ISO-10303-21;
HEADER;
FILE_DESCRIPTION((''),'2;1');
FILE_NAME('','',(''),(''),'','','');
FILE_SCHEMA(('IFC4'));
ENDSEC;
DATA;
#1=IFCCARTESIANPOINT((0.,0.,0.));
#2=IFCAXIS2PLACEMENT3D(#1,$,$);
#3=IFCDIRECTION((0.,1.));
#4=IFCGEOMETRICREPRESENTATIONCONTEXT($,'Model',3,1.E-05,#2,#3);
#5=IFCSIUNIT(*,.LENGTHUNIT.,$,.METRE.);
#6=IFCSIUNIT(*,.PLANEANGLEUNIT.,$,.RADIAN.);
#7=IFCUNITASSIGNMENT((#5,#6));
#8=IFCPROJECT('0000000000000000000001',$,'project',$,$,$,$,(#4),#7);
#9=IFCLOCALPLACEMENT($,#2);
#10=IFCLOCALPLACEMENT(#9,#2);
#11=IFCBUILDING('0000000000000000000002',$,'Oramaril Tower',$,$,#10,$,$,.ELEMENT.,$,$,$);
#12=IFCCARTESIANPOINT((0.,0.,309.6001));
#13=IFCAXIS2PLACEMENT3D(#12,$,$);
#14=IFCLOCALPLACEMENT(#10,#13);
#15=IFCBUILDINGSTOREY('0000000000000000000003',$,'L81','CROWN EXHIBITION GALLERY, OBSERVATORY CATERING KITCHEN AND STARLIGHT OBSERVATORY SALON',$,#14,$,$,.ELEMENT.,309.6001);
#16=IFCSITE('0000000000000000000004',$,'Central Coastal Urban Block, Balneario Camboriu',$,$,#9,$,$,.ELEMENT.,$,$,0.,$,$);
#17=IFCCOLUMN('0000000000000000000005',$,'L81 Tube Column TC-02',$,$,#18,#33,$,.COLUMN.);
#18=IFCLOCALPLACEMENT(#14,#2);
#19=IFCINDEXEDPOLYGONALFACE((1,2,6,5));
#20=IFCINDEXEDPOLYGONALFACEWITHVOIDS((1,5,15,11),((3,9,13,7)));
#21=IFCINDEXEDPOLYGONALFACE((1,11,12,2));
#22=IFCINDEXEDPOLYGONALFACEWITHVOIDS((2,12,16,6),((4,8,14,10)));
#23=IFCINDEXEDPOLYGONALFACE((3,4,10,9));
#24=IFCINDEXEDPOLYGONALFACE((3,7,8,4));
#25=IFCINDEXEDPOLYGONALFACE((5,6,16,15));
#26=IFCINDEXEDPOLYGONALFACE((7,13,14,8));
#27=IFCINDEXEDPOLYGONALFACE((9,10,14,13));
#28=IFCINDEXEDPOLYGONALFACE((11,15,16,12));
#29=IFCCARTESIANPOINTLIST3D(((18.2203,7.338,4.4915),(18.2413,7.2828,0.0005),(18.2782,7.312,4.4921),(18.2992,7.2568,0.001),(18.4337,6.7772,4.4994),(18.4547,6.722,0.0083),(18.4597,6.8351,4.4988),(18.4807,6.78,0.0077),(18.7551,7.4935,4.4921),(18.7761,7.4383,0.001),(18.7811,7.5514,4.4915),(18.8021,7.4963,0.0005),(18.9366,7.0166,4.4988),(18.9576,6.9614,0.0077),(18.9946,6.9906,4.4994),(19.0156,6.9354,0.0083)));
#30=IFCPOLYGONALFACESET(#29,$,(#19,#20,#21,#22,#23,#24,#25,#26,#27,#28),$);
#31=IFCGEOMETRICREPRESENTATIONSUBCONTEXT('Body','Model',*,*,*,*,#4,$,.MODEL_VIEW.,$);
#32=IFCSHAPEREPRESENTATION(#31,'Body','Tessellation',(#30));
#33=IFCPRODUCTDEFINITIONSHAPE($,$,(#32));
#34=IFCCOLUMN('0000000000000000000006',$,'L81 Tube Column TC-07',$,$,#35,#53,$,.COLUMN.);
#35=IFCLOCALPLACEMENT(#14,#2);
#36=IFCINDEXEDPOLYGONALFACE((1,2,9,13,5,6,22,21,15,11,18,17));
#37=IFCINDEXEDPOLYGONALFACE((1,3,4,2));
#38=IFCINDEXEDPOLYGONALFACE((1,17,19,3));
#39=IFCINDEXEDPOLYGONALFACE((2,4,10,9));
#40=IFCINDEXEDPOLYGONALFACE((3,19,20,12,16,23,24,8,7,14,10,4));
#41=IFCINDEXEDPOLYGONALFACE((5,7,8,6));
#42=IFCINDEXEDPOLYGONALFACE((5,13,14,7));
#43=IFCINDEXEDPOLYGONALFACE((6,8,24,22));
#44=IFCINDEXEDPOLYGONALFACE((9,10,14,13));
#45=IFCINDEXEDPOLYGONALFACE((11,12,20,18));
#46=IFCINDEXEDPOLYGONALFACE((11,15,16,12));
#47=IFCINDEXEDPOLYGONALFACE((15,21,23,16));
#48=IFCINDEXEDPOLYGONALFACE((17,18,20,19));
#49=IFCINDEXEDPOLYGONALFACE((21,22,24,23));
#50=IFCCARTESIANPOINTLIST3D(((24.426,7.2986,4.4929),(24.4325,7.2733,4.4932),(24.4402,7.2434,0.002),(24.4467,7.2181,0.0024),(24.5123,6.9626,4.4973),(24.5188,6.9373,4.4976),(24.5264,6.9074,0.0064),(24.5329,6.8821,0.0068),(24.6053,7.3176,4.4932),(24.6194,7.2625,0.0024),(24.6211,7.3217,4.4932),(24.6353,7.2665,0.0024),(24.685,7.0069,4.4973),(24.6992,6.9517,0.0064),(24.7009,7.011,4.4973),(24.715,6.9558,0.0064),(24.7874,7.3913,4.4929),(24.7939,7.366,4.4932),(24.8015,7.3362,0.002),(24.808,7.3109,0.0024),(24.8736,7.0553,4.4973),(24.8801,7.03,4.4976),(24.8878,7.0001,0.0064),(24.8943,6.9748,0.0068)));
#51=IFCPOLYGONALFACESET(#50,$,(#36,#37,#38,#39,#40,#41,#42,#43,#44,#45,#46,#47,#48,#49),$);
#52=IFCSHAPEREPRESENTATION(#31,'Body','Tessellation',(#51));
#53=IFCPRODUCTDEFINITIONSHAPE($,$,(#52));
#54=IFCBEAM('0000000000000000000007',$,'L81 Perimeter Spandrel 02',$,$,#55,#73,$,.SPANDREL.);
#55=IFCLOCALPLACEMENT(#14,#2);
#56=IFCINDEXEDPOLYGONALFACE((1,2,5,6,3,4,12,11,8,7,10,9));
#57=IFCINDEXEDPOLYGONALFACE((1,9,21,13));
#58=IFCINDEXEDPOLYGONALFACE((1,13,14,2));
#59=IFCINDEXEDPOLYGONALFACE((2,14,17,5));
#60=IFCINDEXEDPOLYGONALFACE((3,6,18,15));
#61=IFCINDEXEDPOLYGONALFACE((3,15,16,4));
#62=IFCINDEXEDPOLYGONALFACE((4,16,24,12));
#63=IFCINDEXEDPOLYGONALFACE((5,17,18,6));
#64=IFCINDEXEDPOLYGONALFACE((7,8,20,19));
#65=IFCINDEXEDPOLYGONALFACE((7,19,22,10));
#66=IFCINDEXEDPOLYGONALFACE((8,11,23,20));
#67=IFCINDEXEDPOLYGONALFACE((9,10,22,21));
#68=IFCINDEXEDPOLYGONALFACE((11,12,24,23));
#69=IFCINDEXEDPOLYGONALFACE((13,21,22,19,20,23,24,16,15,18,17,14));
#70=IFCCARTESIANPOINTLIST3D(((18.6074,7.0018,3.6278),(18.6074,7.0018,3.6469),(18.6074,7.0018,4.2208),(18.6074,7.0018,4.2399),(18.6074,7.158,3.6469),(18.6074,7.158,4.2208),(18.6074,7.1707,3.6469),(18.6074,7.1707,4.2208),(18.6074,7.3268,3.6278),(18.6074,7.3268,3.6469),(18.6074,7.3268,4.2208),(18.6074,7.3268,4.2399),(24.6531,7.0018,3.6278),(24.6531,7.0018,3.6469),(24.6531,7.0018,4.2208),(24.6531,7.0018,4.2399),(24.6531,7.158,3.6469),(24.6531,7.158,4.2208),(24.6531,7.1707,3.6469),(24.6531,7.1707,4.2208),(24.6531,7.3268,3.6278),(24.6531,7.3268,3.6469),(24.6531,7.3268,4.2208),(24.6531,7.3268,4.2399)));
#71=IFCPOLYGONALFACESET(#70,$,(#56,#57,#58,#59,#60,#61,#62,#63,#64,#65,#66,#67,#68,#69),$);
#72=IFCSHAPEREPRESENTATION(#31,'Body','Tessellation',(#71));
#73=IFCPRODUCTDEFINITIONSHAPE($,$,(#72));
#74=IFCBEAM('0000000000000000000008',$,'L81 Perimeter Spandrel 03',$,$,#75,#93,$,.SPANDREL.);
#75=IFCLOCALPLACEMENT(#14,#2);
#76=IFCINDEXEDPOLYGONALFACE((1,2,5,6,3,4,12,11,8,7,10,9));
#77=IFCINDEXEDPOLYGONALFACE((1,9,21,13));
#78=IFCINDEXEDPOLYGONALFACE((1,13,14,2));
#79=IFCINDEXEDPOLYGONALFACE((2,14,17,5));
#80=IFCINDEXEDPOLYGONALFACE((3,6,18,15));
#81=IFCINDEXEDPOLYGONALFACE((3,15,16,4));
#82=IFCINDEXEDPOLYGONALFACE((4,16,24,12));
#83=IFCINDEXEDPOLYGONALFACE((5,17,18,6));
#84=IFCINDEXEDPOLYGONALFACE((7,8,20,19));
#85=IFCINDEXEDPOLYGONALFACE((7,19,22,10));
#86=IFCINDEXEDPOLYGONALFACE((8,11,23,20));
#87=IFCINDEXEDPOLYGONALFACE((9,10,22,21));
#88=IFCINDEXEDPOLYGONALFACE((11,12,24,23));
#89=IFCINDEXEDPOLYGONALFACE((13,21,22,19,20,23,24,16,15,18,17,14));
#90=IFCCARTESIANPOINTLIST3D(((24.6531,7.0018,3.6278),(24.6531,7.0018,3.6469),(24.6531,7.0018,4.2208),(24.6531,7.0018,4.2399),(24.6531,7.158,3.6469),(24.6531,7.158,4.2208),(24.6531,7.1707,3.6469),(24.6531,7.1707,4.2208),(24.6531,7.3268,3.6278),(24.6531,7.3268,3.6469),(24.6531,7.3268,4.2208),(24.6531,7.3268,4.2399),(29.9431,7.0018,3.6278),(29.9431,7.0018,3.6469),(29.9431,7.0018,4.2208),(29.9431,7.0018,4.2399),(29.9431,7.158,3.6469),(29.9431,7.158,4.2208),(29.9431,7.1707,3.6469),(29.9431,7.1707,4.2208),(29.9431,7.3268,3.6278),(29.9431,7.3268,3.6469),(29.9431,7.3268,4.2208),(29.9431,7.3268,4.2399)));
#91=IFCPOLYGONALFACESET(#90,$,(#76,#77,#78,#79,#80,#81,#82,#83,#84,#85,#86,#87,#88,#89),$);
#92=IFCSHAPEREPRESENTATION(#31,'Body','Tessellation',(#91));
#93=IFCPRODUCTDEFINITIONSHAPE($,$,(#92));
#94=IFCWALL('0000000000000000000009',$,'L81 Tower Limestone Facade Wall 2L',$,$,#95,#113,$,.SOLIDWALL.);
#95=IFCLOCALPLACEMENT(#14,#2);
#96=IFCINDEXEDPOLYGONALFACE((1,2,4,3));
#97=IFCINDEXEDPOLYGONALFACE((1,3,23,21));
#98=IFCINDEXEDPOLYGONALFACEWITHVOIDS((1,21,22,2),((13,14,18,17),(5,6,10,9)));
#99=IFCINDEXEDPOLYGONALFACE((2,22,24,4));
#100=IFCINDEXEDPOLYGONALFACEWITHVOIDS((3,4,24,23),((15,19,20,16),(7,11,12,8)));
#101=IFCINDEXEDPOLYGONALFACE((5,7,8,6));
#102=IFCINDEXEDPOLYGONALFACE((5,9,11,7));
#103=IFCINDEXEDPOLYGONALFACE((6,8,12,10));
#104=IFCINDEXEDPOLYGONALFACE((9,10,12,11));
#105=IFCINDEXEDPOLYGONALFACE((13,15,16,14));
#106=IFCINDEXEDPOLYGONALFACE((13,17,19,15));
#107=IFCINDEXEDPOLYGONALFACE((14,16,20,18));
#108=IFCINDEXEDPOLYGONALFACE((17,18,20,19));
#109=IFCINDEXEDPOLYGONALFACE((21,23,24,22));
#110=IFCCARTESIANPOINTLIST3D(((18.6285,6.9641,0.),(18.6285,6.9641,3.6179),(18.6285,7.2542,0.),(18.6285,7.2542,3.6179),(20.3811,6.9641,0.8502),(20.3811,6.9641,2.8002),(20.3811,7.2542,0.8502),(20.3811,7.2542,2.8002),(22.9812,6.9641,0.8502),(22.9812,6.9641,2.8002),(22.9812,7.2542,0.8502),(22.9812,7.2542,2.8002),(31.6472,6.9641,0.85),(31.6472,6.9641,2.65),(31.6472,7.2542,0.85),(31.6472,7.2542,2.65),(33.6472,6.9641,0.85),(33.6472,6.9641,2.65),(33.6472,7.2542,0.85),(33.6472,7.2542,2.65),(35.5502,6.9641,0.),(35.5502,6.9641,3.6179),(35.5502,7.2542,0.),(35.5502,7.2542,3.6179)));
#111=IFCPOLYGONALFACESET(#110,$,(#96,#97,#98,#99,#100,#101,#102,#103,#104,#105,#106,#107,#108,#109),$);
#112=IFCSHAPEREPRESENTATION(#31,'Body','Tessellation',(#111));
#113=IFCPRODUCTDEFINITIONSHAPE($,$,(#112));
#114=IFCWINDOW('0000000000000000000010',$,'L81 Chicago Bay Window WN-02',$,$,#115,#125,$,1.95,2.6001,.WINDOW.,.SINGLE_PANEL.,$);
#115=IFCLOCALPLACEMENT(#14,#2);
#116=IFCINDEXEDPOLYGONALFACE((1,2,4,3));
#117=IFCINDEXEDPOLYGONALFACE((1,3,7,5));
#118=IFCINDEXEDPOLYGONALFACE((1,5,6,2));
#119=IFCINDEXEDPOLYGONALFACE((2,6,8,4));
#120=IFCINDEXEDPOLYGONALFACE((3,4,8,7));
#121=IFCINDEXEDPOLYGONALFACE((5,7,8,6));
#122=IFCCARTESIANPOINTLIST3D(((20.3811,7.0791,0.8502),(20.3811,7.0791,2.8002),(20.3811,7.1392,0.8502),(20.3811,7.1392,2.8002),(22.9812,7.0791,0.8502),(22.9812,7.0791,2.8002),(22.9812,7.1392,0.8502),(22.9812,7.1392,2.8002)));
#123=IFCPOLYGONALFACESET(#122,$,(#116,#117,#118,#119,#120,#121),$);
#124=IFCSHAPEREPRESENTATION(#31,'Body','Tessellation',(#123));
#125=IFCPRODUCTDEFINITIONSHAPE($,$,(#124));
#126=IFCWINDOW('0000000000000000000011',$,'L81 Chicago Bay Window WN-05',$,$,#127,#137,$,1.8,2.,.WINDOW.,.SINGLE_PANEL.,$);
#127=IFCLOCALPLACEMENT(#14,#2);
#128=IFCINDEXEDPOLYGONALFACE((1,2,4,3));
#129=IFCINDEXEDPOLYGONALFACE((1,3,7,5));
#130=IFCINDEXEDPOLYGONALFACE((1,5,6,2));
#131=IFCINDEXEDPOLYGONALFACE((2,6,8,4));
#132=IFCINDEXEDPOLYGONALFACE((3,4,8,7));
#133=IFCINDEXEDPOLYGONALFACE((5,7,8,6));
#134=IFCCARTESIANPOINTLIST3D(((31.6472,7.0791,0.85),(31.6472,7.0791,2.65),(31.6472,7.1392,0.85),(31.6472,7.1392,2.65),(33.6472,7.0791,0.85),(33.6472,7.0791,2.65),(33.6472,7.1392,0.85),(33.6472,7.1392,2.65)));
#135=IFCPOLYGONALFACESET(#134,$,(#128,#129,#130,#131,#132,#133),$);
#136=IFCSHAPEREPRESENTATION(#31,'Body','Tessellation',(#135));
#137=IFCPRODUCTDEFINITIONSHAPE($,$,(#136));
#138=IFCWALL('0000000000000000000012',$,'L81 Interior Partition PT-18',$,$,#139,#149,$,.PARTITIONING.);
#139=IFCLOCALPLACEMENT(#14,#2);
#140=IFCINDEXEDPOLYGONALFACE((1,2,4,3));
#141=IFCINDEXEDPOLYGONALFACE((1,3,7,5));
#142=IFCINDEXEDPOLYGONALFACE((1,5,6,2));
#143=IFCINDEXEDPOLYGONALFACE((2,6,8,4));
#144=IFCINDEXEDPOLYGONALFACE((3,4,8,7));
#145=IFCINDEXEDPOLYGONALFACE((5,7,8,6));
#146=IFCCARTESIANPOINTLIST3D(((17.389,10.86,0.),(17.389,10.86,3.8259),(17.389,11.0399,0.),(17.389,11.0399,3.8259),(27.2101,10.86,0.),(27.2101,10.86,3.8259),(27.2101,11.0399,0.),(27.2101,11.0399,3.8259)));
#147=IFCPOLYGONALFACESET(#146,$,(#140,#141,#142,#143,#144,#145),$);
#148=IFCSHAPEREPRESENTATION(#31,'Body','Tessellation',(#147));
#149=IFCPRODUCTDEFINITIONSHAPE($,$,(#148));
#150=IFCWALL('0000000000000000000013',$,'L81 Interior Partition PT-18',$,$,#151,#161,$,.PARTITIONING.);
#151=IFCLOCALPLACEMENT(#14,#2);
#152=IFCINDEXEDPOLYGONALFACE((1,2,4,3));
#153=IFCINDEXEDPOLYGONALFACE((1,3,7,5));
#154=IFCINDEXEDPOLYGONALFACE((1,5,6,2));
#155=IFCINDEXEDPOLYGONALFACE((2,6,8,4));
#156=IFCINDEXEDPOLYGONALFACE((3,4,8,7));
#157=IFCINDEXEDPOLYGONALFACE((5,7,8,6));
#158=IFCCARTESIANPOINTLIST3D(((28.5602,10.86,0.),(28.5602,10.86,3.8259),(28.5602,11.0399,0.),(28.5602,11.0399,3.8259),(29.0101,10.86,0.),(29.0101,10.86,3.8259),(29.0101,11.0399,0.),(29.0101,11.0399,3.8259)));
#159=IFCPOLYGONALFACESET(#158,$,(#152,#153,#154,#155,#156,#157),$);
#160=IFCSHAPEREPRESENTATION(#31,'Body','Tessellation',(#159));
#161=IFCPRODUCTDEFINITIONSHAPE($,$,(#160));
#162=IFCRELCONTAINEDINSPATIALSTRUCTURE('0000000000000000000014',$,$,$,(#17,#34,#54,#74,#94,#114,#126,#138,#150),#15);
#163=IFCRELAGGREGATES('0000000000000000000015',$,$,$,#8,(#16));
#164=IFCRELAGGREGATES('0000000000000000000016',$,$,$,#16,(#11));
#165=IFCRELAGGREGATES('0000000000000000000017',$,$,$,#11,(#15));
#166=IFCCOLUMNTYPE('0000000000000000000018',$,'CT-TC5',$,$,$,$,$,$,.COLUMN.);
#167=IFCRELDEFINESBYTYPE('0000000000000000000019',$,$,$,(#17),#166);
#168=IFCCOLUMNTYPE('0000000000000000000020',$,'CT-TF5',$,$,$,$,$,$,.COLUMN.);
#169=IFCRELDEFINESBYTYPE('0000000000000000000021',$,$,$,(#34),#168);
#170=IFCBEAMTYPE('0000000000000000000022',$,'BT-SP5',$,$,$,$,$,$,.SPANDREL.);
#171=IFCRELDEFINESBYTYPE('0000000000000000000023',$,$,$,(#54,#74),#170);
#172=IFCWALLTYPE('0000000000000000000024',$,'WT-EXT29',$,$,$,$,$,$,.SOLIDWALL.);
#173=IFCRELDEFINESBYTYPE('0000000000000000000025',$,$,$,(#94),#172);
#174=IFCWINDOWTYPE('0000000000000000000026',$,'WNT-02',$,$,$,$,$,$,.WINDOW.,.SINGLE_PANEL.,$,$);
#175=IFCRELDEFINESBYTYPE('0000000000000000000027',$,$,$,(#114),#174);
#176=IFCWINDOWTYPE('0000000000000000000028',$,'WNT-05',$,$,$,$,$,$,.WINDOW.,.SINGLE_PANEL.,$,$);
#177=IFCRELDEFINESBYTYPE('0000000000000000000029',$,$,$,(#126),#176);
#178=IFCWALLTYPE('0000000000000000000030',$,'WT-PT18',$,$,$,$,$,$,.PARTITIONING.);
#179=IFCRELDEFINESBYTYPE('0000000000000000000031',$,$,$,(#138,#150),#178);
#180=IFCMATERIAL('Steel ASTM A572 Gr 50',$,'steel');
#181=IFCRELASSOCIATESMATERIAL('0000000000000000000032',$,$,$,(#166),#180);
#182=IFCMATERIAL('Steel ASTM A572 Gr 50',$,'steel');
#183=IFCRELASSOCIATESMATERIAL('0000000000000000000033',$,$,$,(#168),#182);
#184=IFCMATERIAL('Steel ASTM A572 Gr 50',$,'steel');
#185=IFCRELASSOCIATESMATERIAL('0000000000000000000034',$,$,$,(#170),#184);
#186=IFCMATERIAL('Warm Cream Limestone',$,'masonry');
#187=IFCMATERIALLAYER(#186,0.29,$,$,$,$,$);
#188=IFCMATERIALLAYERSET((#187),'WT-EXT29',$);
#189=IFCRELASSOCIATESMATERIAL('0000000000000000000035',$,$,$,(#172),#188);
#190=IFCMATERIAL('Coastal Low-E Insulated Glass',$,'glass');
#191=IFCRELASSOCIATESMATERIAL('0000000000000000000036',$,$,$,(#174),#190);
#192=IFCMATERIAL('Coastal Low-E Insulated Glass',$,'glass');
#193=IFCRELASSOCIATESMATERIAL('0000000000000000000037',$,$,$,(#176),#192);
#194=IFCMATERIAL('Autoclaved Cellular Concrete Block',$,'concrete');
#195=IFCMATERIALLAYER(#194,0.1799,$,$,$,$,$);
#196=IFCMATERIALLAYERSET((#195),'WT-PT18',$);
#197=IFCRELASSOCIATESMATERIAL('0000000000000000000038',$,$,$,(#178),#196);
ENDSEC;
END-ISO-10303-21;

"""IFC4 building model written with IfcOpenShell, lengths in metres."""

from ifc_helpers import new_model, si_unit, direction, frame, frame_2d, origin, origin_2d, place, context, subcontext, project, spatial, rectangle, hollow_rectangle, i_section, extrude, material, layer, layer_set, material_profile, profile_set, type_object, element, fill, save


model = new_model("IFC4")

# Units and contexts
model_context = context("Model", 3, precision=1e-05, world=origin(), true_north=direction((0.0, 1.0)))
body_context = subcontext(model_context, "Body", "Model", "MODEL_VIEW")
ifc_project = project(units=[si_unit("LENGTHUNIT", "METRE"), si_unit("PLANEANGLEUNIT", "RADIAN")], contexts=[model_context])

# Site, building, storey
site_placement = place(None, origin())
site = spatial("IfcSite", under=ifc_project, at=site_placement, Name="Central Coastal Urban Block, Balneario Camboriu", CompositionType="ELEMENT", RefElevation=0.0)
building_placement = place(site_placement, origin())
building = spatial("IfcBuilding", under=site, at=building_placement, Name="Oramaril Tower", CompositionType="ELEMENT")
storey_placement = place(building_placement, frame((0.0, 0.0, 309.6001)))
storey = spatial("IfcBuildingStorey", under=building, at=storey_placement, Name="L81", Description="CROWN EXHIBITION GALLERY, OBSERVATORY CATERING KITCHEN AND STARLIGHT OBSERVATORY SALON", CompositionType="ELEMENT", Elevation=309.6001)

# Columns
ifc_material_1 = material(Name="Steel ASTM A572 Gr 50", Category="steel")
ifc_material_profile_1 = material_profile(ifc_material_1, hollow_rectangle(XDim=0.6001, YDim=0.6001, WallThickness=0.0449, at=origin_2d()), Name="BOX600X600X45")
ifc_profile_set_1 = profile_set([ifc_material_profile_1], Name="Steel ASTM A572 Gr 50")
column_type_1 = type_object("IfcColumnType", Name="CT-TC5", PredefinedType="COLUMN", material=ifc_profile_set_1)
column_1_placement = place(storey_placement, frame((18.6284, 7.1091, 0.0044), z_axis=(-0.004675, 0.012285, 0.999914), x_axis=(-0.934619, -0.355651, 0.0)))
element("IfcColumn", 1, at=column_1_placement, inside=storey, type_object=column_type_1, Name="L81 Tube Column TC-02", PredefinedType="COLUMN", context=body_context, shape_type="SweptSolid", body=[
    extrude(hollow_rectangle(XDim=0.6001, YDim=0.6001, WallThickness=0.0449, at=origin_2d()), origin(), (0.0, 0.0, 1.0), 4.4915),
])
ifc_material_2 = material(Name="Steel ASTM A572 Gr 50", Category="steel")
ifc_material_profile_2 = material_profile(ifc_material_2, i_section(OverallWidth=0.373, OverallDepth=0.373, WebThickness=0.0164, FlangeThickness=0.0261, at=origin_2d()), Name="W14X132")
ifc_profile_set_2 = profile_set([ifc_material_profile_2], Name="Steel ASTM A572 Gr 50")
column_type_2 = type_object("IfcColumnType", Name="CT-TF5", PredefinedType="COLUMN", material=ifc_profile_set_2)
column_2_placement = place(storey_placement, frame((24.6672, 7.1091, 0.0044), z_axis=(-0.003153, 0.012285, 0.99992), x_axis=(-0.968611, -0.248582, 0.0)))
element("IfcColumn", 2, at=column_2_placement, inside=storey, type_object=column_type_2, Name="L81 Tube Column TC-07", PredefinedType="COLUMN", context=body_context, shape_type="SweptSolid", body=[
    extrude(i_section(OverallWidth=0.373, OverallDepth=0.373, WebThickness=0.0164, FlangeThickness=0.0261, at=origin_2d()), origin(), (0.0, 0.0, 1.0), 4.4912),
])

# Beams
ifc_material_3 = material(Name="Steel ASTM A572 Gr 50", Category="steel")
ifc_material_profile_3 = material_profile(ifc_material_3, i_section(OverallWidth=0.325, OverallDepth=0.6121, WebThickness=0.0127, FlangeThickness=0.019, at=origin_2d()), Name="W24X104")
ifc_profile_set_3 = profile_set([ifc_material_profile_3], Name="Steel ASTM A572 Gr 50")
beam_type = type_object("IfcBeamType", Name="BT-SP5", PredefinedType="SPANDREL", material=ifc_profile_set_3)
beam_1_placement = place(storey_placement, frame((18.6074, 7.1643, 3.9338), z_axis=(1.0, 0.0, 0.0), x_axis=(0.0, 1.0, 0.0)))
element("IfcBeam", 3, at=beam_1_placement, inside=storey, type_object=beam_type, Name="L81 Perimeter Spandrel 02", PredefinedType="SPANDREL", context=body_context, shape_type="SweptSolid", body=[
    extrude(i_section(OverallWidth=0.325, OverallDepth=0.6121, WebThickness=0.0127, FlangeThickness=0.019, at=origin_2d()), origin(), (0.0, 0.0, 1.0), 6.0457),
])
beam_2_placement = place(storey_placement, frame((24.6531, 7.1643, 3.9338), z_axis=(1.0, 0.0, 0.0), x_axis=(0.0, 1.0, 0.0)))
element("IfcBeam", 4, at=beam_2_placement, inside=storey, type_object=beam_type, Name="L81 Perimeter Spandrel 03", PredefinedType="SPANDREL", context=body_context, shape_type="SweptSolid", body=[
    extrude(i_section(OverallWidth=0.325, OverallDepth=0.6121, WebThickness=0.0127, FlangeThickness=0.019, at=origin_2d()), origin(), (0.0, 0.0, 1.0), 5.29),
])

# Wall, openings, windows
ifc_material_4 = material(Name="Warm Cream Limestone", Category="masonry")
ifc_layer_1 = layer(ifc_material_4, 0.29)
ifc_layer_set_1 = layer_set([ifc_layer_1], Name="WT-EXT29")
wall_type_1 = type_object("IfcWallType", Name="WT-EXT29", PredefinedType="SOLIDWALL", material=ifc_layer_set_1)
wall_1_placement = place(storey_placement, frame((18.6284, 7.1091, 0.0), z_axis=(0.0, 0.0, 1.0), x_axis=(1.0, 0.0, 0.0)))
wall_1 = element("IfcWall", 5, at=wall_1_placement, inside=storey, type_object=wall_type_1, Name="L81 Tower Limestone Facade Wall 2L", PredefinedType="SOLIDWALL", context=body_context, shape_type="SweptSolid", body=[
    extrude(rectangle(XDim=16.9216, YDim=0.29, at=frame_2d((8.4609, 0.0))), origin(), (0.0, 0.0, 1.0), 3.6179),
])
opening_1_placement = place(wall_1_placement, frame((1.7527, 0.0, 0.8501)))
opening_1 = element("IfcOpeningElement", 6, at=opening_1_placement, cuts=wall_1, PredefinedType="OPENING", context=body_context, shape_type="SweptSolid", body=[
    extrude(rectangle(XDim=2.6001, YDim=1.95, at=frame_2d((1.3, 0.9751))), frame((0.0, 0.145, 0.0), z_axis=(0.0, -1.0, 0.0), x_axis=(1.0, 0.0, 0.0)), (0.0, 0.0, 1.0), 0.29),
])
opening_2_placement = place(wall_1_placement, frame((13.0188, 0.0, 0.8501)))
opening_2 = element("IfcOpeningElement", 7, at=opening_2_placement, cuts=wall_1, PredefinedType="OPENING", context=body_context, shape_type="SweptSolid", body=[
    extrude(rectangle(XDim=2.0, YDim=1.8, at=frame_2d((1.0, 0.8999))), frame((0.0, 0.145, 0.0), z_axis=(0.0, -1.0, 0.0), x_axis=(1.0, 0.0, 0.0)), (0.0, 0.0, 1.0), 0.29),
])
ifc_material_5 = material(Name="Coastal Low-E Insulated Glass", Category="glass")
window_type_1 = type_object("IfcWindowType", Name="WNT-02", PartitioningType="SINGLE_PANEL", PredefinedType="WINDOW", material=ifc_material_5)
window_1_placement = place(opening_1_placement, origin())
window_1 = element("IfcWindow", 8, at=window_1_placement, inside=storey, type_object=window_type_1, Name="L81 Chicago Bay Window WN-02", OverallHeight=1.95, OverallWidth=2.6001, PartitioningType="SINGLE_PANEL", PredefinedType="WINDOW", context=body_context, shape_type="SweptSolid", body=[
    extrude(rectangle(XDim=2.6001, YDim=1.95, at=frame_2d((1.3, 0.9751))), frame((0.0, 0.03, 0.0), z_axis=(0.0, -1.0, 0.0), x_axis=(1.0, 0.0, 0.0)), (0.0, 0.0, 1.0), 0.0601),
])
fill(opening_1, window_1)
ifc_material_6 = material(Name="Coastal Low-E Insulated Glass", Category="glass")
window_type_2 = type_object("IfcWindowType", Name="WNT-05", PartitioningType="SINGLE_PANEL", PredefinedType="WINDOW", material=ifc_material_6)
window_2_placement = place(opening_2_placement, origin())
window_2 = element("IfcWindow", 9, at=window_2_placement, inside=storey, type_object=window_type_2, Name="L81 Chicago Bay Window WN-05", OverallHeight=1.8, OverallWidth=2.0, PartitioningType="SINGLE_PANEL", PredefinedType="WINDOW", context=body_context, shape_type="SweptSolid", body=[
    extrude(rectangle(XDim=2.0, YDim=1.8, at=frame_2d((1.0, 0.8999))), frame((0.0, 0.03, 0.0), z_axis=(0.0, -1.0, 0.0), x_axis=(1.0, 0.0, 0.0)), (0.0, 0.0, 1.0), 0.0601),
])
fill(opening_2, window_2)

# Shared definitions
ifc_material_7 = material(Name="Autoclaved Cellular Concrete Block", Category="concrete")
ifc_layer_2 = layer(ifc_material_7, 0.1799)
ifc_layer_set_2 = layer_set([ifc_layer_2], Name="WT-PT18")
wall_type_2 = type_object("IfcWallType", Name="WT-PT18", PredefinedType="PARTITIONING", material=ifc_layer_set_2)

# Walls
wall_2_placement = place(storey_placement, frame((17.3889, 10.95, 0.0), z_axis=(0.0, 0.0, 1.0), x_axis=(1.0, 0.0, 0.0)))
element("IfcWall", 10, at=wall_2_placement, inside=storey, type_object=wall_type_2, Name="L81 Interior Partition PT-18", PredefinedType="PARTITIONING", context=body_context, shape_type="SweptSolid", body=[
    extrude(rectangle(XDim=9.821, YDim=0.1799, at=frame_2d((4.9106, 0.0))), origin(), (0.0, 0.0, 1.0), 3.8259),
])
wall_3_placement = place(storey_placement, frame((28.5601, 10.95, 0.0), z_axis=(0.0, 0.0, 1.0), x_axis=(1.0, 0.0, 0.0)))
element("IfcWall", 11, at=wall_3_placement, inside=storey, type_object=wall_type_2, Name="L81 Interior Partition PT-18", PredefinedType="PARTITIONING", context=body_context, shape_type="SweptSolid", body=[
    extrude(rectangle(XDim=0.45, YDim=0.1799, at=frame_2d((0.2251, 0.0))), origin(), (0.0, 0.0, 1.0), 3.8259),
])

save(model, "model.ifc")
